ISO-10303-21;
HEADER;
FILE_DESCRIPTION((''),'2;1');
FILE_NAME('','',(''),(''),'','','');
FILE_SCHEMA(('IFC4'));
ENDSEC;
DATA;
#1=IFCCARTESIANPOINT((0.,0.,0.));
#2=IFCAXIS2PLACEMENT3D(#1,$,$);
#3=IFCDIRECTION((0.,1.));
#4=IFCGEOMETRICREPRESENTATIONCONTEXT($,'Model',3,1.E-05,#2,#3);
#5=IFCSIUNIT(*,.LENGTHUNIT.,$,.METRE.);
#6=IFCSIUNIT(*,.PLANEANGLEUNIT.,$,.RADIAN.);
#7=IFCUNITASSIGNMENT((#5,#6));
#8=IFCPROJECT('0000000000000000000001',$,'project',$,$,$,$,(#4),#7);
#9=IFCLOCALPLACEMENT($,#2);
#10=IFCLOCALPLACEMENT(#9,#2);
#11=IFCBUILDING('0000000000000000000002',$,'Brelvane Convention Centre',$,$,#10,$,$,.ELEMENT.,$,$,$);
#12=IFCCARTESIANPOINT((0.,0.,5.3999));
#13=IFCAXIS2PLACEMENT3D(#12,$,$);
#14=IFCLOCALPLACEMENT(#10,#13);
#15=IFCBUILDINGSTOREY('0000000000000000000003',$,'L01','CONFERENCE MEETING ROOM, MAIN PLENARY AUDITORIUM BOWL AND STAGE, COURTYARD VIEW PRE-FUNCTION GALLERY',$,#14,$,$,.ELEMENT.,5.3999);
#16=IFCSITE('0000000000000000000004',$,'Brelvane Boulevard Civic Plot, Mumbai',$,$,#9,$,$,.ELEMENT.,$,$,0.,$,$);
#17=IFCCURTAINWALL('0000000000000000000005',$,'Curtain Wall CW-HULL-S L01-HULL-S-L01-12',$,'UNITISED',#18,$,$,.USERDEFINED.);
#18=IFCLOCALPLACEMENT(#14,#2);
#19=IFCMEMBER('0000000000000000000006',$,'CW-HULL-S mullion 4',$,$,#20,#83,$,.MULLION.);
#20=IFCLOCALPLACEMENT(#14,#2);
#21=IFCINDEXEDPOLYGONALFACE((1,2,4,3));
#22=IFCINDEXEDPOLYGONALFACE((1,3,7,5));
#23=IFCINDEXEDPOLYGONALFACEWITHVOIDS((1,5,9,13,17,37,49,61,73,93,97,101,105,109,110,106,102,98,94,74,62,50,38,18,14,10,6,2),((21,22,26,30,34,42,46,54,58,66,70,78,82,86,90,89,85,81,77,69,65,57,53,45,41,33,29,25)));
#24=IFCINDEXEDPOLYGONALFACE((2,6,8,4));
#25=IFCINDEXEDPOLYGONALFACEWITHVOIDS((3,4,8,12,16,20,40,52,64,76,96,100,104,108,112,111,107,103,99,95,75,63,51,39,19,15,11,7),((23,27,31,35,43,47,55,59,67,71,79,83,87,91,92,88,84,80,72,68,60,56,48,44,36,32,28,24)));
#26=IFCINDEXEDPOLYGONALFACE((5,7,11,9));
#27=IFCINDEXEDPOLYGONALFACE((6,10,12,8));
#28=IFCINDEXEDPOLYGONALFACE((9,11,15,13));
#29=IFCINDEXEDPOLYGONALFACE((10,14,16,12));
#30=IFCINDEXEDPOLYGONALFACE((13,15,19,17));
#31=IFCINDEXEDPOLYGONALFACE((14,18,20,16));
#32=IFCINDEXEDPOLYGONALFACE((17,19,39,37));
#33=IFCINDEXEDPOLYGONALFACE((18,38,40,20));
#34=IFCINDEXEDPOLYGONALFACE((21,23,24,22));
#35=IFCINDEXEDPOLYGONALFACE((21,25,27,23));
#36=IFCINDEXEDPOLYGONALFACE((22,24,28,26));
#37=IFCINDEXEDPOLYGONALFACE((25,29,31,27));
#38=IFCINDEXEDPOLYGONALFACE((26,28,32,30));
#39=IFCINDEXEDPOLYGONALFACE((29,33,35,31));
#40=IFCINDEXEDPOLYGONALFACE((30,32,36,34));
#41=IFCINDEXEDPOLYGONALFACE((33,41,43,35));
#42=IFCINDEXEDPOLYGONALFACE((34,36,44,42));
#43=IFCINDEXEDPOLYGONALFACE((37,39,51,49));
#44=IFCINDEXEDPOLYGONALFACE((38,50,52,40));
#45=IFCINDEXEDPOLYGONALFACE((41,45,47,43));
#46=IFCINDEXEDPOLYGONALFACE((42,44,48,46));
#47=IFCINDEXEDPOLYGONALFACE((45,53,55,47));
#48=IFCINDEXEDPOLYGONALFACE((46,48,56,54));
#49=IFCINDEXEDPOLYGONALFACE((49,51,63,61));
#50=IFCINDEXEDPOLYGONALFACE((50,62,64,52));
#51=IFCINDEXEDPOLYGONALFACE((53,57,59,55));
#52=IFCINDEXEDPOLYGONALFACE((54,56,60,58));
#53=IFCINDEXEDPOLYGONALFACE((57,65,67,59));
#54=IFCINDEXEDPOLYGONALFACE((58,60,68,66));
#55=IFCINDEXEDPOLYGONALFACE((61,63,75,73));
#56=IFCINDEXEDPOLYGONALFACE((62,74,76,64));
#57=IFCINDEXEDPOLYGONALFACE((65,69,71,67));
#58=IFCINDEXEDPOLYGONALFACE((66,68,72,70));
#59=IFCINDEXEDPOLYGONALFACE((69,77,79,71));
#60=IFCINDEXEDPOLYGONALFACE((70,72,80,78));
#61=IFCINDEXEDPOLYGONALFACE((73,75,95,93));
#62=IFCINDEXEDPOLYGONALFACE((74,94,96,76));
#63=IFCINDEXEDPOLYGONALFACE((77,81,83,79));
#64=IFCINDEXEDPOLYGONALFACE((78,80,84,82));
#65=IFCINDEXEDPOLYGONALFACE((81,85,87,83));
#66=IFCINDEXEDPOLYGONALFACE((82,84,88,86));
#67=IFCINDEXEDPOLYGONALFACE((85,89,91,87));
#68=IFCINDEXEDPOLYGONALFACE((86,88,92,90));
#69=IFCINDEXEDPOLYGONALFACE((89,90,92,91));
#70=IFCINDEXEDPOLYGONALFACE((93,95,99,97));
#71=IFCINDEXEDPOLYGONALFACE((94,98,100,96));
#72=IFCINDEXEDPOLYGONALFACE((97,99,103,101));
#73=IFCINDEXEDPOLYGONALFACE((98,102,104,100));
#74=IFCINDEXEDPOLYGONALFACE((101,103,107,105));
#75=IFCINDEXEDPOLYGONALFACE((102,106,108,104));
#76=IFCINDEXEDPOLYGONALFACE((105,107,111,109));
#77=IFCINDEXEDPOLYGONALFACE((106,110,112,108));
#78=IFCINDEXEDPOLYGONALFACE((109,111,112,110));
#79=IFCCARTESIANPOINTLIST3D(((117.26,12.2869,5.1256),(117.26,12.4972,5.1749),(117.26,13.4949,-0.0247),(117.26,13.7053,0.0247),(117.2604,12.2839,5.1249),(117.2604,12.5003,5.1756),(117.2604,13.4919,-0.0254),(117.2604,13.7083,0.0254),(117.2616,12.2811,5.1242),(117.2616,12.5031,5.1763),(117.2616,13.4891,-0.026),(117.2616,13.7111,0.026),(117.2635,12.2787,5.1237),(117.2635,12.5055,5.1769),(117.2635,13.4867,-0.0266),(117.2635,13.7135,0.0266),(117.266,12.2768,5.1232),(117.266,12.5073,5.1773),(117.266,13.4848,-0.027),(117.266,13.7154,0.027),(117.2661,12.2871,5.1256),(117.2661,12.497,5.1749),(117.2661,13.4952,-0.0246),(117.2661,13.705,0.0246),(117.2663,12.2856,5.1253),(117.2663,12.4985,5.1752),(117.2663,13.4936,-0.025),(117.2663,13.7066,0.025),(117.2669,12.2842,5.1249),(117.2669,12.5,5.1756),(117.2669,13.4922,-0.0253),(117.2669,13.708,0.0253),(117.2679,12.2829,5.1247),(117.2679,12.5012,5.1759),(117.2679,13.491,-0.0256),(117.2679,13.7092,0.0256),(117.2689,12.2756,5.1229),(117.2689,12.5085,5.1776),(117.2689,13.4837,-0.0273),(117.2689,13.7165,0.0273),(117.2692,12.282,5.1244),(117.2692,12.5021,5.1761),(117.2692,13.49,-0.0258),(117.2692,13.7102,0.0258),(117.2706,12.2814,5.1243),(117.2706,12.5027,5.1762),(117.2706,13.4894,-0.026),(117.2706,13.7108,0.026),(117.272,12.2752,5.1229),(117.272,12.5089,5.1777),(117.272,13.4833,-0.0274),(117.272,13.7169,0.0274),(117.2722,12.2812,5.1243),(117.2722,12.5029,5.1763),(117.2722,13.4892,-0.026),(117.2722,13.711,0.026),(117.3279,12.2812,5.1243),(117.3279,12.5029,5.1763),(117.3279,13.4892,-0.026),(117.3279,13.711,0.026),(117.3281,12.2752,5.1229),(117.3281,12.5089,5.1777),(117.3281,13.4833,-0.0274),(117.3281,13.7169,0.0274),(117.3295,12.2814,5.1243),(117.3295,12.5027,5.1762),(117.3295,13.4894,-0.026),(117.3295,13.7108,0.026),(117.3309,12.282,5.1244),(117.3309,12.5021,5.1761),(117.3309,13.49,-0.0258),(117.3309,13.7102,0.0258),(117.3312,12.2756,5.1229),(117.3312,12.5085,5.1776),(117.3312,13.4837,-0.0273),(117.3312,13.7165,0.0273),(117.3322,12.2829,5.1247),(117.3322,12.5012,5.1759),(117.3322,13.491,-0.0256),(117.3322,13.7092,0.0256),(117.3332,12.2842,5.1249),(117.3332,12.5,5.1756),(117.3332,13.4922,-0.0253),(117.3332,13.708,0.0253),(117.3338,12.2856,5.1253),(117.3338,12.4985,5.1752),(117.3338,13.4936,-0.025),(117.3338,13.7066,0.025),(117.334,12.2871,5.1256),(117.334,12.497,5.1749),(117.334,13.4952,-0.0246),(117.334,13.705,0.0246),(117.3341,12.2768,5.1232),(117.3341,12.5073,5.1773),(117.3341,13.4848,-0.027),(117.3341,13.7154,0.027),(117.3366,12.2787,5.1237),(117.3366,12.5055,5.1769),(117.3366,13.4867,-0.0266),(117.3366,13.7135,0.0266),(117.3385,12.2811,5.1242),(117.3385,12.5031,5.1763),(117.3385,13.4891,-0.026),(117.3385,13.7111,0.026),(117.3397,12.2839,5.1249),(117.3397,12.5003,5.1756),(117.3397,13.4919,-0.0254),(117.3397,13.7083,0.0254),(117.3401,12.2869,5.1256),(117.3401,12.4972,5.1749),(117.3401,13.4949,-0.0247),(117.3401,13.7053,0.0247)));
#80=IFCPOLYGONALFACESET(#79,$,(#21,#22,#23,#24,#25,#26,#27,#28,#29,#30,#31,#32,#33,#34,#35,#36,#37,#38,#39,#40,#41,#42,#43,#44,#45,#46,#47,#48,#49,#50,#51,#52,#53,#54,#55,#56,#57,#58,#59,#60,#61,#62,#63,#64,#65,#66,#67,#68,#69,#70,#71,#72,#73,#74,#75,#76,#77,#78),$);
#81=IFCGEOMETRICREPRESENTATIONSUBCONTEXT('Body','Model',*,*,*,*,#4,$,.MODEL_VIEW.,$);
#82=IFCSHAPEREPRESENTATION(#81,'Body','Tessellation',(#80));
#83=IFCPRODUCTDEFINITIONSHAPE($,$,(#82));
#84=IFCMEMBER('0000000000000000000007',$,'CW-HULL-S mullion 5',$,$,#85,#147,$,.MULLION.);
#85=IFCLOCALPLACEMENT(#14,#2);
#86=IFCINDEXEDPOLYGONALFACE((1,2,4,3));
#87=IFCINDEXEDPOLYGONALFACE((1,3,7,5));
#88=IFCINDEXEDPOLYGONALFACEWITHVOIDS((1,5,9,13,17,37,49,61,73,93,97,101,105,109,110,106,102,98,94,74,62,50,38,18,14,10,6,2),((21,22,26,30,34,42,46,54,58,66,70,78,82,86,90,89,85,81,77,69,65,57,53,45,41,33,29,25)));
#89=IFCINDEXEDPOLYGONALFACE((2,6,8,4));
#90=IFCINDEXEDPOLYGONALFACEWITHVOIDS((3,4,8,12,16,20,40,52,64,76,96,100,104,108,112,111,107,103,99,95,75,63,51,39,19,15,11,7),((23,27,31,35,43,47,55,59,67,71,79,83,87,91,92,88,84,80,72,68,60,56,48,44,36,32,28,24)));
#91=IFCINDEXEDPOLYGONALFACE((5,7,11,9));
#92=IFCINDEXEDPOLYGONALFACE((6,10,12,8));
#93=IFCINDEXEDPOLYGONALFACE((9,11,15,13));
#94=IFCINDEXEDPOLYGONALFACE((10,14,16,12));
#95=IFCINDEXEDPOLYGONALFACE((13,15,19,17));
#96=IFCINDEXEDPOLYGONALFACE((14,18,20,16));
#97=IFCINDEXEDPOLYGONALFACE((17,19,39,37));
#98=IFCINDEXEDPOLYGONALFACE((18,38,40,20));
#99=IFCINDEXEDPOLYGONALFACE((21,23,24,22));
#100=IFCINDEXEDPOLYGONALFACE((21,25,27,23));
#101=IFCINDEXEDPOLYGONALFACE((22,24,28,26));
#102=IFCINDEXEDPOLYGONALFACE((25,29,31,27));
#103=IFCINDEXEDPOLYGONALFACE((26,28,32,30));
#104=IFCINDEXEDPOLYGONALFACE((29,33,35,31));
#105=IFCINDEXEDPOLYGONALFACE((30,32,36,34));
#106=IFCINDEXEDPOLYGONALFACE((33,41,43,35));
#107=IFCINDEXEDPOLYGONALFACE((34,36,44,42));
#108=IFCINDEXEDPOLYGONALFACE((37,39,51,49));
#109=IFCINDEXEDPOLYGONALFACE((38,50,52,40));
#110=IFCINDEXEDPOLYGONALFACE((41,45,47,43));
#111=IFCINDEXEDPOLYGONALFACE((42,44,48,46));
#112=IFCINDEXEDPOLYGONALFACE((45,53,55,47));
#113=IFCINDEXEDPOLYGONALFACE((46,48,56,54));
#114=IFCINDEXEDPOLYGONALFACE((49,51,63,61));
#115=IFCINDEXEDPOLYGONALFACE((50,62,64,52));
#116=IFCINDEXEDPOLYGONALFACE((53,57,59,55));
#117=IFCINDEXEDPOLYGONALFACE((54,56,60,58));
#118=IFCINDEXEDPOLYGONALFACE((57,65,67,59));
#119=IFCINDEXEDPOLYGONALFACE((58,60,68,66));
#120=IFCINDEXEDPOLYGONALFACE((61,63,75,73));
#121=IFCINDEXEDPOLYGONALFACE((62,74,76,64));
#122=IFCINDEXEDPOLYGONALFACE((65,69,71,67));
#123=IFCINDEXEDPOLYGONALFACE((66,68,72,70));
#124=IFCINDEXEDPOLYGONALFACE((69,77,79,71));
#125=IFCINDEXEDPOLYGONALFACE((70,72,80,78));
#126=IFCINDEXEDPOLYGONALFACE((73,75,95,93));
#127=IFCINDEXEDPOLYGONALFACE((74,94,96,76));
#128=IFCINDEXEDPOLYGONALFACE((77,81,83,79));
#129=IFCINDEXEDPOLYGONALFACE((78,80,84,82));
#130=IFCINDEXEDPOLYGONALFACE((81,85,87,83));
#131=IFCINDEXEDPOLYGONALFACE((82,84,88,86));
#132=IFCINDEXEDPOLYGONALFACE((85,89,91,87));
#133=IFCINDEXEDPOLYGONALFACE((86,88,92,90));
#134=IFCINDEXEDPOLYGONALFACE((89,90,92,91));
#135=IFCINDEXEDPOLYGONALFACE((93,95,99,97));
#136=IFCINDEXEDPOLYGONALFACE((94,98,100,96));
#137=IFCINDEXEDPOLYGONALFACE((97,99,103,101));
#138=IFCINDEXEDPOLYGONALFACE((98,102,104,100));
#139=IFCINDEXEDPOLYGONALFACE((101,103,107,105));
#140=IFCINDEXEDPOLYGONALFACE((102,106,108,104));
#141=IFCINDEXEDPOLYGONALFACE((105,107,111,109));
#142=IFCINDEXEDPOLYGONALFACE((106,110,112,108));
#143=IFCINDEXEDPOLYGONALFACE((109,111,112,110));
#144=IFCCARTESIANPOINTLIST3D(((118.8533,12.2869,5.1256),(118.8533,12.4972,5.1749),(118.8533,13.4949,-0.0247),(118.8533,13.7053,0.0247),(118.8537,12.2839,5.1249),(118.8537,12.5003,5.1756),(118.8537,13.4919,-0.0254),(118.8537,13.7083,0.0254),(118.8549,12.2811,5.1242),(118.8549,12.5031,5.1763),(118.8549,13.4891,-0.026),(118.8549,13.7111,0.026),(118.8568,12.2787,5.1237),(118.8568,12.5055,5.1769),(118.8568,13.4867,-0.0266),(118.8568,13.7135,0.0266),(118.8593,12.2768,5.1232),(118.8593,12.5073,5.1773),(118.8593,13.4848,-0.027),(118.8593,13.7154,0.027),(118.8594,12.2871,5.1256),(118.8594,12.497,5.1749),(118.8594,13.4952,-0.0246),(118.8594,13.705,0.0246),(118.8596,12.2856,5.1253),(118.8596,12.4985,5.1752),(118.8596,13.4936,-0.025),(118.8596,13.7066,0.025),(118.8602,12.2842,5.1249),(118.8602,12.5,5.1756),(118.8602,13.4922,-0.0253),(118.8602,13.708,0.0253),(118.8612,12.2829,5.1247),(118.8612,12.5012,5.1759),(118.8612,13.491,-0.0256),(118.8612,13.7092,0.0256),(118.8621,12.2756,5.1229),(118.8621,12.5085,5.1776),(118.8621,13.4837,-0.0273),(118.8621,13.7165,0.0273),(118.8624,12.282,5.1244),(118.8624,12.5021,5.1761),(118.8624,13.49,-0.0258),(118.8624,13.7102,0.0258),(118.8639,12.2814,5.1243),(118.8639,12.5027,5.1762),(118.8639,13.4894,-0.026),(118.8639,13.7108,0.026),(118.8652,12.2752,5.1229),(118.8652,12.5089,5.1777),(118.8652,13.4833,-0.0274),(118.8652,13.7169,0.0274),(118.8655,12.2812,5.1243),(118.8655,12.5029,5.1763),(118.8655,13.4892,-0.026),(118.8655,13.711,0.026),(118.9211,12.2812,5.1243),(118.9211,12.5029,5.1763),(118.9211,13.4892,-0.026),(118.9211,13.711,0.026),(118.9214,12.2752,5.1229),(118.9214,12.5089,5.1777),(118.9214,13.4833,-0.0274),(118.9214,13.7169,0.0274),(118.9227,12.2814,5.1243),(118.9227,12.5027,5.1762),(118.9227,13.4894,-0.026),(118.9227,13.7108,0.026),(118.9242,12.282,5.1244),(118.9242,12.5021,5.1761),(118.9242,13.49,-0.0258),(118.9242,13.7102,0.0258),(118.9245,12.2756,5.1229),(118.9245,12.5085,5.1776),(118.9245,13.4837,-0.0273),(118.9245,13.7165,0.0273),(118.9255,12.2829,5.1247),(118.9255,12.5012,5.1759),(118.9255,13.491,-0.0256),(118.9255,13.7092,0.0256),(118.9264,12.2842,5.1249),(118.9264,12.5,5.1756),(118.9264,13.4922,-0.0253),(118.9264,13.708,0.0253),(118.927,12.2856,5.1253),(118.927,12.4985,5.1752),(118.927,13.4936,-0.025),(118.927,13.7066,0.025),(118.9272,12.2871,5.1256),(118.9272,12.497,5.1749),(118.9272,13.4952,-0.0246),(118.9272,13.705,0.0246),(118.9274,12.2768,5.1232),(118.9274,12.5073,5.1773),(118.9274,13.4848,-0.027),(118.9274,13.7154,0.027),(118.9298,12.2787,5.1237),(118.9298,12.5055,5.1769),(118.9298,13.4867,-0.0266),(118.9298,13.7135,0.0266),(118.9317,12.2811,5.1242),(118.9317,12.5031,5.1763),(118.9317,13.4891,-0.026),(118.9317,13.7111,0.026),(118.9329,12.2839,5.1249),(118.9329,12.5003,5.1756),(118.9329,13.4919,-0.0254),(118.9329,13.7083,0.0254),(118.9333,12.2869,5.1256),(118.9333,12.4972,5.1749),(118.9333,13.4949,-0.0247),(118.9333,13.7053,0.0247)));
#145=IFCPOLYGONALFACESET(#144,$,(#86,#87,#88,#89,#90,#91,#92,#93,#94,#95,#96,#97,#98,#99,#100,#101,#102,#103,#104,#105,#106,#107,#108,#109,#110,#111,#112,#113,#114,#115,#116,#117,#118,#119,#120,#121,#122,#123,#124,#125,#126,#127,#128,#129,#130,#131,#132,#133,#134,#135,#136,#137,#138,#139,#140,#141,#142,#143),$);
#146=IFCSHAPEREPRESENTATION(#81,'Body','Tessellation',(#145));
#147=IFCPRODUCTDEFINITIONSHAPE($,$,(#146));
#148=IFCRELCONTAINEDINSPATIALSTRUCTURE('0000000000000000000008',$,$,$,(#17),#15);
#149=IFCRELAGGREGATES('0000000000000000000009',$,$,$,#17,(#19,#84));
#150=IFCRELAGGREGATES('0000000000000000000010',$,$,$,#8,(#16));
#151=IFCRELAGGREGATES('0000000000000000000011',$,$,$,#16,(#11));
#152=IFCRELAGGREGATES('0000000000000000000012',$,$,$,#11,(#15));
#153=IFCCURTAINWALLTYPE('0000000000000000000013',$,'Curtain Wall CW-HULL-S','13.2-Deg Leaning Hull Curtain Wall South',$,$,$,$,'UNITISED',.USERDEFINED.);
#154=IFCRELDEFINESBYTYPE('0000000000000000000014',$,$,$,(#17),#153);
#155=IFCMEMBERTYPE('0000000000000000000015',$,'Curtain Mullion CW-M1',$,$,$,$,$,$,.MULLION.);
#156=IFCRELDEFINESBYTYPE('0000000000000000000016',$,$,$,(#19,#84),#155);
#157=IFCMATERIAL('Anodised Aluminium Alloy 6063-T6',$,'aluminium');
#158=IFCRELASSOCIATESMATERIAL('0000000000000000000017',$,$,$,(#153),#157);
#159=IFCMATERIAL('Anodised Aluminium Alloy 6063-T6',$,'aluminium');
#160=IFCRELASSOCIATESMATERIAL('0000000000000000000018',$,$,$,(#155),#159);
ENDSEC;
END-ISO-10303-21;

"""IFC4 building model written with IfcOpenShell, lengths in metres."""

from ifc_helpers import new_model, si_unit, direction, frame, origin, origin_2d, place, context, subcontext, project, spatial, hollow_rectangle, extrude, material, material_profile, profile_set, type_object, element, aggregate, save


model = new_model("IFC4")

# Units and contexts
model_context = context("Model", 3, precision=1e-05, world=origin(), true_north=direction((0.0, 1.0)))
body_context = subcontext(model_context, "Body", "Model", "MODEL_VIEW")
ifc_project = project(units=[si_unit("LENGTHUNIT", "METRE"), si_unit("PLANEANGLEUNIT", "RADIAN")], contexts=[model_context])

# Site, building, storey
site_placement = place(None, origin())
site = spatial("IfcSite", under=ifc_project, at=site_placement, Name="Brelvane Boulevard Civic Plot, Mumbai", CompositionType="ELEMENT", RefElevation=0.0)
building_placement = place(site_placement, origin())
building = spatial("IfcBuilding", under=site, at=building_placement, Name="Brelvane Convention Centre", CompositionType="ELEMENT")
storey_placement = place(building_placement, frame((0.0, 0.0, 5.3999)))
storey = spatial("IfcBuildingStorey", under=building, at=storey_placement, Name="L01", Description="CONFERENCE MEETING ROOM, MAIN PLENARY AUDITORIUM BOWL AND STAGE, COURTYARD VIEW PRE-FUNCTION GALLERY", CompositionType="ELEMENT", Elevation=5.3999)

# Curtain wall, members
ifc_material_1 = material(Name="Anodised Aluminium Alloy 6063-T6", Category="aluminium")
curtain_wall_type = type_object("IfcCurtainWallType", Name="Curtain Wall CW-HULL-S", Description="13.2-Deg Leaning Hull Curtain Wall South", ElementType="UNITISED", PredefinedType="USERDEFINED", material=ifc_material_1)
ifc_material_2 = material(Name="Anodised Aluminium Alloy 6063-T6", Category="aluminium")
ifc_material_profile_1 = material_profile(ifc_material_2, hollow_rectangle(XDim=0.0801, YDim=0.24, WallThickness=0.0061, InnerFilletRadius=0.0061, OuterFilletRadius=0.012, at=origin_2d()), Name="ALU-M 240x80x6.0")
ifc_profile_set_1 = profile_set([ifc_material_profile_1], Name="Anodised Aluminium Alloy 6063-T6")
member_type_1 = type_object("IfcMemberType", Name="Curtain Mullion CW-M1", PredefinedType="MULLION", material=ifc_profile_set_1)
curtain_wall_1_placement = place(storey_placement, origin())
curtain_wall_1 = element("IfcCurtainWall", 1, at=curtain_wall_1_placement, inside=storey, type_object=curtain_wall_type, Name="Curtain Wall CW-HULL-S L01-HULL-S-L01-12", ObjectType="UNITISED", PredefinedType="USERDEFINED")
member_1_placement = place(storey_placement, frame((117.3, 13.6001, 0.0), z_axis=(0.0, -0.22836, 0.973577), x_axis=(1.0, 0.0, 0.0)))
member_1 = element("IfcMember", 2, at=member_1_placement, type_object=member_type_1, Name="CW-HULL-S mullion 4", PredefinedType="MULLION", context=body_context, shape_type="SweptSolid", body=[
    extrude(hollow_rectangle(XDim=0.0801, YDim=0.24, WallThickness=0.0061, InnerFilletRadius=0.0061, OuterFilletRadius=0.012, at=origin_2d()), origin(), (0.0, 0.0, 1.0), 5.29),
])
member_2_placement = place(storey_placement, frame((118.8933, 13.6001, 0.0), z_axis=(0.0, -0.22836, 0.973577), x_axis=(1.0, 0.0, 0.0)))
member_2 = element("IfcMember", 3, at=member_2_placement, type_object=member_type_1, Name="CW-HULL-S mullion 5", PredefinedType="MULLION", context=body_context, shape_type="SweptSolid", body=[
    extrude(hollow_rectangle(XDim=0.0801, YDim=0.24, WallThickness=0.0061, InnerFilletRadius=0.0061, OuterFilletRadius=0.012, at=origin_2d()), origin(), (0.0, 0.0, 1.0), 5.29),
])

aggregate(curtain_wall_1, [member_1, member_2])

save(model, "model.ifc")
